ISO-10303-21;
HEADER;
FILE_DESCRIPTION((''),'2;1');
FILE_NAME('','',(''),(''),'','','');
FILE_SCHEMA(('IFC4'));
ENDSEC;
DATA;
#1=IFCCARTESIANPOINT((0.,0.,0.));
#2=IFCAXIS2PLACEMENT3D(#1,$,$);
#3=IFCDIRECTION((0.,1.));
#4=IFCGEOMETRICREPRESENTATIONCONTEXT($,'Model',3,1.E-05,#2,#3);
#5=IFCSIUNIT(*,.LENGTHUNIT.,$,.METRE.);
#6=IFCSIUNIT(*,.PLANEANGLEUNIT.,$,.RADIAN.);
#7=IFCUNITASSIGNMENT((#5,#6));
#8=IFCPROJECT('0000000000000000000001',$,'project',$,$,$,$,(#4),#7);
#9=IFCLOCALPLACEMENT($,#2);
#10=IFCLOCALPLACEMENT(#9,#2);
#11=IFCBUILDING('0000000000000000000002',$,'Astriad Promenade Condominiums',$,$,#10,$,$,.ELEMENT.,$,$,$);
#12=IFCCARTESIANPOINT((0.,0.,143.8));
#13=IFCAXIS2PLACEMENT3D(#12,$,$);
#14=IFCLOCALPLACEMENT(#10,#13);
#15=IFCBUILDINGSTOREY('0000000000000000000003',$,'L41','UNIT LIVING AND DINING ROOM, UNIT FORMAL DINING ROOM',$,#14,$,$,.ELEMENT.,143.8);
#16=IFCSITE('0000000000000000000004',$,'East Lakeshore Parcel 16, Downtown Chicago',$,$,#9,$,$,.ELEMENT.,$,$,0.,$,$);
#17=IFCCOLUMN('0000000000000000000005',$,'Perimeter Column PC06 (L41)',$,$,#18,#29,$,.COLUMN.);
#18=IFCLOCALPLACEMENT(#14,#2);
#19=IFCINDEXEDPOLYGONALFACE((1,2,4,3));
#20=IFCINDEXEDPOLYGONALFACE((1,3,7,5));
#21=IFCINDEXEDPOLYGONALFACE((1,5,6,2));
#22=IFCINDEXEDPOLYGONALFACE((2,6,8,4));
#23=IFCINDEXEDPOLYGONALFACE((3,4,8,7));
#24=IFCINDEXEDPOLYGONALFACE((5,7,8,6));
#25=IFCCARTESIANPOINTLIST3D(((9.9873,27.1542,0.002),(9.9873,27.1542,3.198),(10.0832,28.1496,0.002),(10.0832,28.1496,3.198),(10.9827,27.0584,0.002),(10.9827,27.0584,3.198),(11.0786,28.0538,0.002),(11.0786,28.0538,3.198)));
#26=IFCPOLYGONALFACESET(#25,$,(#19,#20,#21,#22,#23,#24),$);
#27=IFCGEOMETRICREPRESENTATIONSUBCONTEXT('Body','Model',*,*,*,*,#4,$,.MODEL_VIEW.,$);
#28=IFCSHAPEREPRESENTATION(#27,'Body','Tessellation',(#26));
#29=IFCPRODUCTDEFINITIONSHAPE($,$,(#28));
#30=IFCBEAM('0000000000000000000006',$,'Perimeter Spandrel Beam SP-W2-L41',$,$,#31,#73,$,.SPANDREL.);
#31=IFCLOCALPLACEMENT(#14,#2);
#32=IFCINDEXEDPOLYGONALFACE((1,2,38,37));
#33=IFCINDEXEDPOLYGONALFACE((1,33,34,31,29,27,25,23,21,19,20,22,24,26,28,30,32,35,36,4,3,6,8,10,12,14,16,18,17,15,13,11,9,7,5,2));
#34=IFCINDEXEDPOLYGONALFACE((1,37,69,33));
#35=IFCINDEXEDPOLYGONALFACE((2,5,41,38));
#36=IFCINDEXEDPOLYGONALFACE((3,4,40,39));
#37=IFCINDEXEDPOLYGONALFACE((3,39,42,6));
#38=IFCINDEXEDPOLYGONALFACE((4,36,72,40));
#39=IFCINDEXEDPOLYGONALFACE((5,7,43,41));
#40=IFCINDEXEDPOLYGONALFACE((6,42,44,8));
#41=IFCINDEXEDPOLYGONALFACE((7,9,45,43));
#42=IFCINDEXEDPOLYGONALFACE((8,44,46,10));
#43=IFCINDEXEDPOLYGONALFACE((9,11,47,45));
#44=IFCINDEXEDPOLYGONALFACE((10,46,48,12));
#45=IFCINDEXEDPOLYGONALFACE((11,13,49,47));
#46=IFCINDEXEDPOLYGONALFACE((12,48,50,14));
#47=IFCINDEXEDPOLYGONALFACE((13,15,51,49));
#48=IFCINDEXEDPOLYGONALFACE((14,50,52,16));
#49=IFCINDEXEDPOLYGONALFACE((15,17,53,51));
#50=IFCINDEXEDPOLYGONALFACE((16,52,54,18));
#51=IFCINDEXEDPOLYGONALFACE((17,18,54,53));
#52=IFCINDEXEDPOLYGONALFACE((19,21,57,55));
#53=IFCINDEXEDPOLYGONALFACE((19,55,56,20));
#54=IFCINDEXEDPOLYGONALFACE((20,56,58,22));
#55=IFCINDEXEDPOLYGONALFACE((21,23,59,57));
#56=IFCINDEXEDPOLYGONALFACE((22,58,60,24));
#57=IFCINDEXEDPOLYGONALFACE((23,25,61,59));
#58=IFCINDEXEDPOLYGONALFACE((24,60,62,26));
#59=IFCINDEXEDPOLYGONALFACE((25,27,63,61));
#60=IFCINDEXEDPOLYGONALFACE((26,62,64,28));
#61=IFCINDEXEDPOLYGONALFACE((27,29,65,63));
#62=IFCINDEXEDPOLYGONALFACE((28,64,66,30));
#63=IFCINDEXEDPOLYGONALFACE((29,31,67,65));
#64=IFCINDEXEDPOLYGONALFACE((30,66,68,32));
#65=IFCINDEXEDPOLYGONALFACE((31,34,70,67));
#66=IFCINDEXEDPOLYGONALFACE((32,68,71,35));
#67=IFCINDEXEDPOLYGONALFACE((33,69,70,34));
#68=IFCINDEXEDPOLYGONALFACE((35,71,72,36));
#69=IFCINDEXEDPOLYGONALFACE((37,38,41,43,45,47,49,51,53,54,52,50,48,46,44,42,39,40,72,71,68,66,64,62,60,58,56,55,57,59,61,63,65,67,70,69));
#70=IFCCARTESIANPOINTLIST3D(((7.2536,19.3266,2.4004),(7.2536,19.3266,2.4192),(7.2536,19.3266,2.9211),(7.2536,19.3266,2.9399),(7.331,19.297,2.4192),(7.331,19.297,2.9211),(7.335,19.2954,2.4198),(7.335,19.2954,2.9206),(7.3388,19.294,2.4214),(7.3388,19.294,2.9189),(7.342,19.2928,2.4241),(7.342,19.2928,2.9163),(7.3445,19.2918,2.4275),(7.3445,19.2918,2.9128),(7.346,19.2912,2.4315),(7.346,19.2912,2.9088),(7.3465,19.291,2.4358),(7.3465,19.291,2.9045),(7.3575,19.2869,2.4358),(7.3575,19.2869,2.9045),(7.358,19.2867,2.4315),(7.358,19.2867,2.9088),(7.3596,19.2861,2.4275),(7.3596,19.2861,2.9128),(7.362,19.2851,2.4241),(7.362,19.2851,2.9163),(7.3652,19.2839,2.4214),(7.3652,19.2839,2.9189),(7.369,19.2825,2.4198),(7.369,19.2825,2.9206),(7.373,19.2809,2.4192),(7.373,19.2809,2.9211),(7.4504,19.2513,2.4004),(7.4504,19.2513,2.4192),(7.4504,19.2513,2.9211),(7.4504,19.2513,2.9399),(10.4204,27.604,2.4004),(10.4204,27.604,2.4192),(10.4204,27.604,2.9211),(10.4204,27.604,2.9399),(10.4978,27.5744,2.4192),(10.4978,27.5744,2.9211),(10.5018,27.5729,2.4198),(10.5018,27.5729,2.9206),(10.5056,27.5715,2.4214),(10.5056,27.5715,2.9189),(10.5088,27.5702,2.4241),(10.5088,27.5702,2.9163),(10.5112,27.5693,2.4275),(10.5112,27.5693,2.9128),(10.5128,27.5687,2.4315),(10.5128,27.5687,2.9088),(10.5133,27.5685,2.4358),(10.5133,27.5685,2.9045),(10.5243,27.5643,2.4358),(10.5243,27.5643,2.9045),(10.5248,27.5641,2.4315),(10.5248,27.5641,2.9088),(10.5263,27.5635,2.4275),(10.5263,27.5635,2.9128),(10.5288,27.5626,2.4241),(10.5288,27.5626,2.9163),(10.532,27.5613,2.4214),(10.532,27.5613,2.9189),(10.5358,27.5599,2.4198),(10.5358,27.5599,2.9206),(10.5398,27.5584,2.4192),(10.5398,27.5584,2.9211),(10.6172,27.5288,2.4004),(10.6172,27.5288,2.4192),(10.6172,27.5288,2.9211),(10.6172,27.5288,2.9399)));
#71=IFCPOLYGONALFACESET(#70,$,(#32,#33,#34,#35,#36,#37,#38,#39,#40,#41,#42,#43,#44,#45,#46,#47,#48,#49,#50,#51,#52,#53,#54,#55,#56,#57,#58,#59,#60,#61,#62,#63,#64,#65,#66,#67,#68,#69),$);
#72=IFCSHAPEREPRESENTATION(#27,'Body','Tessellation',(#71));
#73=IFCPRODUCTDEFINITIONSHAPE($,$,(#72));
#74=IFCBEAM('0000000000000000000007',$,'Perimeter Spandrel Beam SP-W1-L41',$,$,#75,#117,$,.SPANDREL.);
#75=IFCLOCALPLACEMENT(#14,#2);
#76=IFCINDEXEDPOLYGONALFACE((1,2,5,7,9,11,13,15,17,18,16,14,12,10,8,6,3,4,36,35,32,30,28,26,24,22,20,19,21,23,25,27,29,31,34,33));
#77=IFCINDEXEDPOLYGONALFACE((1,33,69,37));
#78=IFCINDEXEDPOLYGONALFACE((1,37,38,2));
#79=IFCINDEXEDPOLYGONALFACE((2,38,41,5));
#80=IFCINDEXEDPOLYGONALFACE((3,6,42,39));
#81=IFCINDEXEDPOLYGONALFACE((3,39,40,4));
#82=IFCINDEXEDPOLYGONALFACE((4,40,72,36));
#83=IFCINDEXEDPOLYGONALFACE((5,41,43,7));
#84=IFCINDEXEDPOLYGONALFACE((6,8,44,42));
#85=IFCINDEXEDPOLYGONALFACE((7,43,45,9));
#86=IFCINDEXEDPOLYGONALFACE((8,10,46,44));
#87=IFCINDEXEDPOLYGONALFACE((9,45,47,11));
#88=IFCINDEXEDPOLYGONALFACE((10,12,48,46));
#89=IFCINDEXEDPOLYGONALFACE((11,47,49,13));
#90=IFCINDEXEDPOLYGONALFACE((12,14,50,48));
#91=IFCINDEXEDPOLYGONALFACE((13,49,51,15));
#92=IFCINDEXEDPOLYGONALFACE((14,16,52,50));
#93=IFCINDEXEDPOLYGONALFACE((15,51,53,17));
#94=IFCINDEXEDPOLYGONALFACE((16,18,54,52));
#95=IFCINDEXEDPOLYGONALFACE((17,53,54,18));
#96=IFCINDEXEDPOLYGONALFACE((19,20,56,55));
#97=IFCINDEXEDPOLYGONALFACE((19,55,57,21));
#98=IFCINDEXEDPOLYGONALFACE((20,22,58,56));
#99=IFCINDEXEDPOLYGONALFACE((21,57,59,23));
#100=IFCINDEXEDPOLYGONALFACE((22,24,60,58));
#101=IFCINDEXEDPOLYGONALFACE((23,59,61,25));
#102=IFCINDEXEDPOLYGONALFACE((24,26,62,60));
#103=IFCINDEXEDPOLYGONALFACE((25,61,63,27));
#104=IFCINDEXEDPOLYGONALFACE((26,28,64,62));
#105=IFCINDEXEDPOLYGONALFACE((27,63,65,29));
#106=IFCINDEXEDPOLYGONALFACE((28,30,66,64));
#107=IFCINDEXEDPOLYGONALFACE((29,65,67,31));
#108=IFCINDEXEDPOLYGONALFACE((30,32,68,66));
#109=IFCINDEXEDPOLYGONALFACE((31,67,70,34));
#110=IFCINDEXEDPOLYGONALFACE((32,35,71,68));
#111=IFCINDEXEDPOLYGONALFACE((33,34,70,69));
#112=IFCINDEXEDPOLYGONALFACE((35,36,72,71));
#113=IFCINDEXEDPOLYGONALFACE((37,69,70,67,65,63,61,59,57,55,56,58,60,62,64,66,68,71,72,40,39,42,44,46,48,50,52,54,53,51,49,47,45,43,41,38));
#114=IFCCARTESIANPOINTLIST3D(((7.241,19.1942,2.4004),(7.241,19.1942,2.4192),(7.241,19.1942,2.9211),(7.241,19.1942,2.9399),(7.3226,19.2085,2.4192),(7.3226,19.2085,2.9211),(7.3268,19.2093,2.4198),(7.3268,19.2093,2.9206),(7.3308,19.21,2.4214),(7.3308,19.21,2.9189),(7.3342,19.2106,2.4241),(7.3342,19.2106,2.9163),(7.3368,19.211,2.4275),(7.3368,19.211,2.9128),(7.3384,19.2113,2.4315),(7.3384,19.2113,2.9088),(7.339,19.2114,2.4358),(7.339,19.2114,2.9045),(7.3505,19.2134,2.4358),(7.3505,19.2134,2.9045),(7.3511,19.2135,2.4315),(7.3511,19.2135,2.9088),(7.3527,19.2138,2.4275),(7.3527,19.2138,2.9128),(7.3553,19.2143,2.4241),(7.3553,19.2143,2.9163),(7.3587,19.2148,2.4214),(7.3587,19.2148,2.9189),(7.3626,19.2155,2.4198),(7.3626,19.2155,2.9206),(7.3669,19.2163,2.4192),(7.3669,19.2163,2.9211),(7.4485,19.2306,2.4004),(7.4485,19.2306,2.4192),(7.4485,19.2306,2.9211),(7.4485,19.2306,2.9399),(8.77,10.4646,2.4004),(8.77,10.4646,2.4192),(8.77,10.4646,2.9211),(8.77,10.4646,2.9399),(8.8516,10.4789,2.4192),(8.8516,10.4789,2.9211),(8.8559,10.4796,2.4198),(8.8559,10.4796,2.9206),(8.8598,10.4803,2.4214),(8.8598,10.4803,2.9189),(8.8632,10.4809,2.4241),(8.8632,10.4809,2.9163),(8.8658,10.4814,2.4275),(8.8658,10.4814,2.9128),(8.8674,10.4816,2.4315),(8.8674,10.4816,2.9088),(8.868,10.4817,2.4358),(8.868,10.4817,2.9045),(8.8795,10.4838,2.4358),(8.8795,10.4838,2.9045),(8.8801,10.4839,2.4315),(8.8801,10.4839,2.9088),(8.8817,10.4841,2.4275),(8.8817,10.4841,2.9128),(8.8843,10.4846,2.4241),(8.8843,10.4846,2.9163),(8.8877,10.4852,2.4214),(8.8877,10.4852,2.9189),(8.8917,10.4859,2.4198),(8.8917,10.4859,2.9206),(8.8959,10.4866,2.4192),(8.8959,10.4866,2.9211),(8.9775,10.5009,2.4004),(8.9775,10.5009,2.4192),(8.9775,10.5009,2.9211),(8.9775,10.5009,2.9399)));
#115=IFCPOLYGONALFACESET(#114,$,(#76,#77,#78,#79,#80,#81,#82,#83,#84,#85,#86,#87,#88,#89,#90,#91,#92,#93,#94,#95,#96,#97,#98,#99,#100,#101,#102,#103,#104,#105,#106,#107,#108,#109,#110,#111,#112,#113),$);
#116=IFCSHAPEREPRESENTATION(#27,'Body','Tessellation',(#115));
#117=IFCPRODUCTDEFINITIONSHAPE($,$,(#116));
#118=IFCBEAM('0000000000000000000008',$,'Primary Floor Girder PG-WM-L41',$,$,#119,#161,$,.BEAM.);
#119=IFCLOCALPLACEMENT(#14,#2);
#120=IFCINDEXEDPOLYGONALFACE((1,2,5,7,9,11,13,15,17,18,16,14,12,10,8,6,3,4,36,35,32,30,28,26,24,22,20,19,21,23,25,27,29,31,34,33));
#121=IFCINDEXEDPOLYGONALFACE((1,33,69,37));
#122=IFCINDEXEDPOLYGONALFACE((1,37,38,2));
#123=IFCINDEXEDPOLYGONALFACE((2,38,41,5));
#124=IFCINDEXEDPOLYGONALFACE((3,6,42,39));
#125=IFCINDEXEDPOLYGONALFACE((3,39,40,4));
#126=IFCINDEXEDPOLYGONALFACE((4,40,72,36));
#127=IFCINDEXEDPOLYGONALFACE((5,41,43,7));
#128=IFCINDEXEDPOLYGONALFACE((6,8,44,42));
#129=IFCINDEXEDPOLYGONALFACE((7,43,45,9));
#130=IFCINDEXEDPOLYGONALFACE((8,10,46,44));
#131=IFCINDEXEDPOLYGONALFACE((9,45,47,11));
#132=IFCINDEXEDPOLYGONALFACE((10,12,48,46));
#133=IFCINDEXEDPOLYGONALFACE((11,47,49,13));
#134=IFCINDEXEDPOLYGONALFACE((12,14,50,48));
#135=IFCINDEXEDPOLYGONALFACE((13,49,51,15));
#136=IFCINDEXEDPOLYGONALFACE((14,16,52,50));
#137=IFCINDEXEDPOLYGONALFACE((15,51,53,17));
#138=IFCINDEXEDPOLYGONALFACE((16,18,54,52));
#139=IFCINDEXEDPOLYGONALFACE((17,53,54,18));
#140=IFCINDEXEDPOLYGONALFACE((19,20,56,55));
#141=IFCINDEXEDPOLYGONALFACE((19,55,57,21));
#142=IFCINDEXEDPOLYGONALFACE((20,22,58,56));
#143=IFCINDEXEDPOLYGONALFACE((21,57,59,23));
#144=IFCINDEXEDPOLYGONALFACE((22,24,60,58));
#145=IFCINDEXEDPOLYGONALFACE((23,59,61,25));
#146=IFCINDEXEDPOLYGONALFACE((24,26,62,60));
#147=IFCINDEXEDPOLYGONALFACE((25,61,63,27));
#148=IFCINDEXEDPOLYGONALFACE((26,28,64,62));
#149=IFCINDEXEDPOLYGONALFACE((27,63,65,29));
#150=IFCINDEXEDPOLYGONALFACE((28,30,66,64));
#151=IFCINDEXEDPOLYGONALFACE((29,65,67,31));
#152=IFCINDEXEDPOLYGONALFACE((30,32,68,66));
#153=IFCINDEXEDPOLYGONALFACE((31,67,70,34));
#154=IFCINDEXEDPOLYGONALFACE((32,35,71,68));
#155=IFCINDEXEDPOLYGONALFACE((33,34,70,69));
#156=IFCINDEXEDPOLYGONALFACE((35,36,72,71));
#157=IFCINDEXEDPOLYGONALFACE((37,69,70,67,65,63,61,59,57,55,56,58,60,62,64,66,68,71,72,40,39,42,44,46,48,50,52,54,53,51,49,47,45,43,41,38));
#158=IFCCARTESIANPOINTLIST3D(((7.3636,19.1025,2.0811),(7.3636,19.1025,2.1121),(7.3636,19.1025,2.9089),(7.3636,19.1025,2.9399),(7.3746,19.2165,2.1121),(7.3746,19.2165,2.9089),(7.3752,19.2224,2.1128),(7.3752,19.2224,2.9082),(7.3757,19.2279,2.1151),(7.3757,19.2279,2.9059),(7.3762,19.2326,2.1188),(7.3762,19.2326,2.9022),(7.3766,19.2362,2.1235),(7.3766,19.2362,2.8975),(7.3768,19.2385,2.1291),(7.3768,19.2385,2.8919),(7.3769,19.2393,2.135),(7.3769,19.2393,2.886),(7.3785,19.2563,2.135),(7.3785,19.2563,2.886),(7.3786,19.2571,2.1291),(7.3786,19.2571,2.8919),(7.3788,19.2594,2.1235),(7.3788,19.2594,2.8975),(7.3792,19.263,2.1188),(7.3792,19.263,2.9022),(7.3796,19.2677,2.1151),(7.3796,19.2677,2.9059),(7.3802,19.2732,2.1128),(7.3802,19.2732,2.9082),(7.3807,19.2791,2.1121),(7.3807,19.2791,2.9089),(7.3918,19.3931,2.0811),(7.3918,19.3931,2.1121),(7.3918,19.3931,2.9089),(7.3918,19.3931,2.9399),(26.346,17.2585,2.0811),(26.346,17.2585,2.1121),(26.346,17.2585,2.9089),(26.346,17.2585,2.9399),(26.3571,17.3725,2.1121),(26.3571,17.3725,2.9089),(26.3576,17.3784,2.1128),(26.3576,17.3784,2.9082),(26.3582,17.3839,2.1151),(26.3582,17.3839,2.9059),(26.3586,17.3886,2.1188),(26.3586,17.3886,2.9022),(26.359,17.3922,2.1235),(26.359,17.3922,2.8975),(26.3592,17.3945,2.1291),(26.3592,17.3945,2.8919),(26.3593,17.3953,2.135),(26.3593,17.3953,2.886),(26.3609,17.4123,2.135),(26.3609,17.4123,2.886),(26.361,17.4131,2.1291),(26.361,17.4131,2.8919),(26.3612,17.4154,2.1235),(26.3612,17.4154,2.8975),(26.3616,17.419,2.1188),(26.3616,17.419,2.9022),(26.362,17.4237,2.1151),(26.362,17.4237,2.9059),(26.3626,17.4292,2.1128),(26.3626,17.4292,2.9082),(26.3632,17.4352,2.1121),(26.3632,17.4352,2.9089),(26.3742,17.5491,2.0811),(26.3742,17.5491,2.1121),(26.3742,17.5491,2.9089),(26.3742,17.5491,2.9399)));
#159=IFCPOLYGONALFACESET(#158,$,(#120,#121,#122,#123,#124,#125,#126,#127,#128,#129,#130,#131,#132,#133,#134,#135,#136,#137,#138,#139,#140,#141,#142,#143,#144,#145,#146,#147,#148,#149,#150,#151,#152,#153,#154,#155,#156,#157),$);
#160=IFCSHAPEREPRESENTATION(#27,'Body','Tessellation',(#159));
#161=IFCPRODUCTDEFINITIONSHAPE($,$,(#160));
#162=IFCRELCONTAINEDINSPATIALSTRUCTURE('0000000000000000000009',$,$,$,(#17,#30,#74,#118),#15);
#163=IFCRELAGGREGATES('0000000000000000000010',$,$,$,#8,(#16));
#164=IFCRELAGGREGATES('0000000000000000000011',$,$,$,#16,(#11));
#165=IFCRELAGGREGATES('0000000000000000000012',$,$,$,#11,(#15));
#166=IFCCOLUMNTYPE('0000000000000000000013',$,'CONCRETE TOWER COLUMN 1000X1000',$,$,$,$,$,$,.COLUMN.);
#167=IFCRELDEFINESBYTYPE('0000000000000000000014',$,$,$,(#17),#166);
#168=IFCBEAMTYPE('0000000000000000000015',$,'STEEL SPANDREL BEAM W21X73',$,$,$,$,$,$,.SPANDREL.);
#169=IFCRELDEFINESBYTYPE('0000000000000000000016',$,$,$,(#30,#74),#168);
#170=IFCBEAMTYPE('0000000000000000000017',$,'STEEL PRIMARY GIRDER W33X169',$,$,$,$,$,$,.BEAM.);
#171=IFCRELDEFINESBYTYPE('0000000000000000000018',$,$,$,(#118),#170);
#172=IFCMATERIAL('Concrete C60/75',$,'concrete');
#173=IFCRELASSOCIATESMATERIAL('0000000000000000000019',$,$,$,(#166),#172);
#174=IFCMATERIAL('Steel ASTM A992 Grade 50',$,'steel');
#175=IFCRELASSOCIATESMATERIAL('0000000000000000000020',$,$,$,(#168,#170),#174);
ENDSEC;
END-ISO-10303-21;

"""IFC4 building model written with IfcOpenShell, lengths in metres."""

from ifc_helpers import new_model, si_unit, direction, frame, origin, origin_2d, place, context, subcontext, project, spatial, rectangle, i_section, extrude, source, transform, mapped, material, material_profile, profile_set, type_object, type_shapes, element, save


model = new_model("IFC4")

# Units and contexts
model_context = context("Model", 3, precision=1e-05, world=origin(), true_north=direction((0.0, 1.0)))
body_context = subcontext(model_context, "Body", "Model", "MODEL_VIEW")
ifc_project = project(units=[si_unit("LENGTHUNIT", "METRE"), si_unit("PLANEANGLEUNIT", "RADIAN")], contexts=[model_context])

# Site, building, storey
site_placement = place(None, origin())
site = spatial("IfcSite", under=ifc_project, at=site_placement, Name="East Lakeshore Parcel 16, Downtown Chicago", CompositionType="ELEMENT", RefElevation=0.0)
building_placement = place(site_placement, origin())
building = spatial("IfcBuilding", under=site, at=building_placement, Name="Astriad Promenade Condominiums", CompositionType="ELEMENT")
storey_placement = place(building_placement, frame((0.0, 0.0, 143.8)))
storey = spatial("IfcBuildingStorey", under=building, at=storey_placement, Name="L41", Description="UNIT LIVING AND DINING ROOM, UNIT FORMAL DINING ROOM", CompositionType="ELEMENT", Elevation=143.8)

# Column
ifc_material_1 = material(Name="Concrete C60/75", Category="concrete")
ifc_material_profile_1 = material_profile(ifc_material_1, rectangle(XDim=1.0, YDim=1.0, at=origin_2d()), Name="RC-COL-1000X1000")
ifc_profile_set_1 = profile_set([ifc_material_profile_1], Name="Concrete C60/75")
column_type = type_object("IfcColumnType", Name="CONCRETE TOWER COLUMN 1000X1000", PredefinedType="COLUMN", material=ifc_profile_set_1)
shared_shape_1 = source(origin(), body_context, "Body", "SweptSolid", [
    extrude(rectangle(XDim=1.0, YDim=1.0, at=origin_2d()), origin(), (0.0, 0.0, 1.0), 3.196),
])
type_shapes(column_type, [shared_shape_1])
column_placement = place(storey_placement, frame((10.533, 27.604, 0.002), z_axis=(0.0, 0.0, 1.0), x_axis=(0.995396, -0.095846, 0.0)))
element("IfcColumn", 1, at=column_placement, inside=storey, type_object=column_type, Name="Perimeter Column PC06 (L41)", PredefinedType="COLUMN", context=body_context, shape_type="MappedRepresentation", body=[
    mapped(shared_shape_1, transform((0.0, 0.0, 0.0), scale=1.0)),
])

# Beams
ifc_material_2 = material(Name="Steel ASTM A992 Grade 50", Category="steel")
ifc_material_profile_2 = material_profile(ifc_material_2, i_section(OverallWidth=0.2107, OverallDepth=0.5396, WebThickness=0.0117, FlangeThickness=0.0188, FilletRadius=0.0166, at=origin_2d()), Name="W21X73")
ifc_profile_set_2 = profile_set([ifc_material_profile_2], Name="Steel ASTM A992 Grade 50")
beam_type_1 = type_object("IfcBeamType", Name="STEEL SPANDREL BEAM W21X73", PredefinedType="SPANDREL", material=ifc_profile_set_2)
shared_shape_2 = source(origin(), body_context, "Body", "SweptSolid", [
    extrude(i_section(OverallWidth=0.2107, OverallDepth=0.5396, WebThickness=0.0117, FlangeThickness=0.0188, FilletRadius=0.0166, at=origin_2d()), origin(), (0.0, 0.0, 1.0), 8.8625),
])
type_shapes(beam_type_1, [shared_shape_2])
for number, where, z_axis, x_axis, name in (
    (2, (10.5188, 27.5664, 2.6702), (-0.357323, -0.933981, 0.0), (0.933981, -0.357323, 0.0), "Perimeter Spandrel Beam SP-W2-L41"),
    (3, (7.3447, 19.2124, 2.6702), (0.172528, -0.985005, 0.0), (0.985005, 0.172528, 0.0), "Perimeter Spandrel Beam SP-W1-L41"),
):
    element("IfcBeam", number, at=place(storey_placement, frame(where, z_axis=z_axis, x_axis=x_axis)), inside=storey, type_object=beam_type_1, Name=name, PredefinedType="SPANDREL", context=body_context, shape_type="MappedRepresentation", body=[
        mapped(shared_shape_2, transform((0.0, 0.0, 0.0), scale=1.0)),
    ])
ifc_material_profile_3 = material_profile(ifc_material_2, i_section(OverallWidth=0.292, OverallDepth=0.8589, WebThickness=0.0171, FlangeThickness=0.031, FilletRadius=0.0229, at=origin_2d()), Name="W33X169")
ifc_profile_set_3 = profile_set([ifc_material_profile_3], Name="Steel ASTM A992 Grade 50")
beam_type_2 = type_object("IfcBeamType", Name="STEEL PRIMARY GIRDER W33X169", PredefinedType="BEAM", material=ifc_profile_set_3)
shared_shape_3 = source(origin(), body_context, "Body", "SweptSolid", [
    extrude(i_section(OverallWidth=0.292, OverallDepth=0.8589, WebThickness=0.0171, FlangeThickness=0.031, FilletRadius=0.0229, at=origin_2d()), origin(), (0.0, 0.0, 1.0), 19.0718),
])
type_shapes(beam_type_2, [shared_shape_3])
beam_1_placement = place(storey_placement, frame((7.3777, 19.2478, 2.5105), z_axis=(0.995315, -0.096687, 0.0), x_axis=(0.096687, 0.995315, 0.0)))
element("IfcBeam", 4, at=beam_1_placement, inside=storey, type_object=beam_type_2, Name="Primary Floor Girder PG-WM-L41", PredefinedType="BEAM", context=body_context, shape_type="MappedRepresentation", body=[
    mapped(shared_shape_3, transform((0.0, 0.0, 0.0), scale=1.0)),
])

save(model, "model.ifc")
